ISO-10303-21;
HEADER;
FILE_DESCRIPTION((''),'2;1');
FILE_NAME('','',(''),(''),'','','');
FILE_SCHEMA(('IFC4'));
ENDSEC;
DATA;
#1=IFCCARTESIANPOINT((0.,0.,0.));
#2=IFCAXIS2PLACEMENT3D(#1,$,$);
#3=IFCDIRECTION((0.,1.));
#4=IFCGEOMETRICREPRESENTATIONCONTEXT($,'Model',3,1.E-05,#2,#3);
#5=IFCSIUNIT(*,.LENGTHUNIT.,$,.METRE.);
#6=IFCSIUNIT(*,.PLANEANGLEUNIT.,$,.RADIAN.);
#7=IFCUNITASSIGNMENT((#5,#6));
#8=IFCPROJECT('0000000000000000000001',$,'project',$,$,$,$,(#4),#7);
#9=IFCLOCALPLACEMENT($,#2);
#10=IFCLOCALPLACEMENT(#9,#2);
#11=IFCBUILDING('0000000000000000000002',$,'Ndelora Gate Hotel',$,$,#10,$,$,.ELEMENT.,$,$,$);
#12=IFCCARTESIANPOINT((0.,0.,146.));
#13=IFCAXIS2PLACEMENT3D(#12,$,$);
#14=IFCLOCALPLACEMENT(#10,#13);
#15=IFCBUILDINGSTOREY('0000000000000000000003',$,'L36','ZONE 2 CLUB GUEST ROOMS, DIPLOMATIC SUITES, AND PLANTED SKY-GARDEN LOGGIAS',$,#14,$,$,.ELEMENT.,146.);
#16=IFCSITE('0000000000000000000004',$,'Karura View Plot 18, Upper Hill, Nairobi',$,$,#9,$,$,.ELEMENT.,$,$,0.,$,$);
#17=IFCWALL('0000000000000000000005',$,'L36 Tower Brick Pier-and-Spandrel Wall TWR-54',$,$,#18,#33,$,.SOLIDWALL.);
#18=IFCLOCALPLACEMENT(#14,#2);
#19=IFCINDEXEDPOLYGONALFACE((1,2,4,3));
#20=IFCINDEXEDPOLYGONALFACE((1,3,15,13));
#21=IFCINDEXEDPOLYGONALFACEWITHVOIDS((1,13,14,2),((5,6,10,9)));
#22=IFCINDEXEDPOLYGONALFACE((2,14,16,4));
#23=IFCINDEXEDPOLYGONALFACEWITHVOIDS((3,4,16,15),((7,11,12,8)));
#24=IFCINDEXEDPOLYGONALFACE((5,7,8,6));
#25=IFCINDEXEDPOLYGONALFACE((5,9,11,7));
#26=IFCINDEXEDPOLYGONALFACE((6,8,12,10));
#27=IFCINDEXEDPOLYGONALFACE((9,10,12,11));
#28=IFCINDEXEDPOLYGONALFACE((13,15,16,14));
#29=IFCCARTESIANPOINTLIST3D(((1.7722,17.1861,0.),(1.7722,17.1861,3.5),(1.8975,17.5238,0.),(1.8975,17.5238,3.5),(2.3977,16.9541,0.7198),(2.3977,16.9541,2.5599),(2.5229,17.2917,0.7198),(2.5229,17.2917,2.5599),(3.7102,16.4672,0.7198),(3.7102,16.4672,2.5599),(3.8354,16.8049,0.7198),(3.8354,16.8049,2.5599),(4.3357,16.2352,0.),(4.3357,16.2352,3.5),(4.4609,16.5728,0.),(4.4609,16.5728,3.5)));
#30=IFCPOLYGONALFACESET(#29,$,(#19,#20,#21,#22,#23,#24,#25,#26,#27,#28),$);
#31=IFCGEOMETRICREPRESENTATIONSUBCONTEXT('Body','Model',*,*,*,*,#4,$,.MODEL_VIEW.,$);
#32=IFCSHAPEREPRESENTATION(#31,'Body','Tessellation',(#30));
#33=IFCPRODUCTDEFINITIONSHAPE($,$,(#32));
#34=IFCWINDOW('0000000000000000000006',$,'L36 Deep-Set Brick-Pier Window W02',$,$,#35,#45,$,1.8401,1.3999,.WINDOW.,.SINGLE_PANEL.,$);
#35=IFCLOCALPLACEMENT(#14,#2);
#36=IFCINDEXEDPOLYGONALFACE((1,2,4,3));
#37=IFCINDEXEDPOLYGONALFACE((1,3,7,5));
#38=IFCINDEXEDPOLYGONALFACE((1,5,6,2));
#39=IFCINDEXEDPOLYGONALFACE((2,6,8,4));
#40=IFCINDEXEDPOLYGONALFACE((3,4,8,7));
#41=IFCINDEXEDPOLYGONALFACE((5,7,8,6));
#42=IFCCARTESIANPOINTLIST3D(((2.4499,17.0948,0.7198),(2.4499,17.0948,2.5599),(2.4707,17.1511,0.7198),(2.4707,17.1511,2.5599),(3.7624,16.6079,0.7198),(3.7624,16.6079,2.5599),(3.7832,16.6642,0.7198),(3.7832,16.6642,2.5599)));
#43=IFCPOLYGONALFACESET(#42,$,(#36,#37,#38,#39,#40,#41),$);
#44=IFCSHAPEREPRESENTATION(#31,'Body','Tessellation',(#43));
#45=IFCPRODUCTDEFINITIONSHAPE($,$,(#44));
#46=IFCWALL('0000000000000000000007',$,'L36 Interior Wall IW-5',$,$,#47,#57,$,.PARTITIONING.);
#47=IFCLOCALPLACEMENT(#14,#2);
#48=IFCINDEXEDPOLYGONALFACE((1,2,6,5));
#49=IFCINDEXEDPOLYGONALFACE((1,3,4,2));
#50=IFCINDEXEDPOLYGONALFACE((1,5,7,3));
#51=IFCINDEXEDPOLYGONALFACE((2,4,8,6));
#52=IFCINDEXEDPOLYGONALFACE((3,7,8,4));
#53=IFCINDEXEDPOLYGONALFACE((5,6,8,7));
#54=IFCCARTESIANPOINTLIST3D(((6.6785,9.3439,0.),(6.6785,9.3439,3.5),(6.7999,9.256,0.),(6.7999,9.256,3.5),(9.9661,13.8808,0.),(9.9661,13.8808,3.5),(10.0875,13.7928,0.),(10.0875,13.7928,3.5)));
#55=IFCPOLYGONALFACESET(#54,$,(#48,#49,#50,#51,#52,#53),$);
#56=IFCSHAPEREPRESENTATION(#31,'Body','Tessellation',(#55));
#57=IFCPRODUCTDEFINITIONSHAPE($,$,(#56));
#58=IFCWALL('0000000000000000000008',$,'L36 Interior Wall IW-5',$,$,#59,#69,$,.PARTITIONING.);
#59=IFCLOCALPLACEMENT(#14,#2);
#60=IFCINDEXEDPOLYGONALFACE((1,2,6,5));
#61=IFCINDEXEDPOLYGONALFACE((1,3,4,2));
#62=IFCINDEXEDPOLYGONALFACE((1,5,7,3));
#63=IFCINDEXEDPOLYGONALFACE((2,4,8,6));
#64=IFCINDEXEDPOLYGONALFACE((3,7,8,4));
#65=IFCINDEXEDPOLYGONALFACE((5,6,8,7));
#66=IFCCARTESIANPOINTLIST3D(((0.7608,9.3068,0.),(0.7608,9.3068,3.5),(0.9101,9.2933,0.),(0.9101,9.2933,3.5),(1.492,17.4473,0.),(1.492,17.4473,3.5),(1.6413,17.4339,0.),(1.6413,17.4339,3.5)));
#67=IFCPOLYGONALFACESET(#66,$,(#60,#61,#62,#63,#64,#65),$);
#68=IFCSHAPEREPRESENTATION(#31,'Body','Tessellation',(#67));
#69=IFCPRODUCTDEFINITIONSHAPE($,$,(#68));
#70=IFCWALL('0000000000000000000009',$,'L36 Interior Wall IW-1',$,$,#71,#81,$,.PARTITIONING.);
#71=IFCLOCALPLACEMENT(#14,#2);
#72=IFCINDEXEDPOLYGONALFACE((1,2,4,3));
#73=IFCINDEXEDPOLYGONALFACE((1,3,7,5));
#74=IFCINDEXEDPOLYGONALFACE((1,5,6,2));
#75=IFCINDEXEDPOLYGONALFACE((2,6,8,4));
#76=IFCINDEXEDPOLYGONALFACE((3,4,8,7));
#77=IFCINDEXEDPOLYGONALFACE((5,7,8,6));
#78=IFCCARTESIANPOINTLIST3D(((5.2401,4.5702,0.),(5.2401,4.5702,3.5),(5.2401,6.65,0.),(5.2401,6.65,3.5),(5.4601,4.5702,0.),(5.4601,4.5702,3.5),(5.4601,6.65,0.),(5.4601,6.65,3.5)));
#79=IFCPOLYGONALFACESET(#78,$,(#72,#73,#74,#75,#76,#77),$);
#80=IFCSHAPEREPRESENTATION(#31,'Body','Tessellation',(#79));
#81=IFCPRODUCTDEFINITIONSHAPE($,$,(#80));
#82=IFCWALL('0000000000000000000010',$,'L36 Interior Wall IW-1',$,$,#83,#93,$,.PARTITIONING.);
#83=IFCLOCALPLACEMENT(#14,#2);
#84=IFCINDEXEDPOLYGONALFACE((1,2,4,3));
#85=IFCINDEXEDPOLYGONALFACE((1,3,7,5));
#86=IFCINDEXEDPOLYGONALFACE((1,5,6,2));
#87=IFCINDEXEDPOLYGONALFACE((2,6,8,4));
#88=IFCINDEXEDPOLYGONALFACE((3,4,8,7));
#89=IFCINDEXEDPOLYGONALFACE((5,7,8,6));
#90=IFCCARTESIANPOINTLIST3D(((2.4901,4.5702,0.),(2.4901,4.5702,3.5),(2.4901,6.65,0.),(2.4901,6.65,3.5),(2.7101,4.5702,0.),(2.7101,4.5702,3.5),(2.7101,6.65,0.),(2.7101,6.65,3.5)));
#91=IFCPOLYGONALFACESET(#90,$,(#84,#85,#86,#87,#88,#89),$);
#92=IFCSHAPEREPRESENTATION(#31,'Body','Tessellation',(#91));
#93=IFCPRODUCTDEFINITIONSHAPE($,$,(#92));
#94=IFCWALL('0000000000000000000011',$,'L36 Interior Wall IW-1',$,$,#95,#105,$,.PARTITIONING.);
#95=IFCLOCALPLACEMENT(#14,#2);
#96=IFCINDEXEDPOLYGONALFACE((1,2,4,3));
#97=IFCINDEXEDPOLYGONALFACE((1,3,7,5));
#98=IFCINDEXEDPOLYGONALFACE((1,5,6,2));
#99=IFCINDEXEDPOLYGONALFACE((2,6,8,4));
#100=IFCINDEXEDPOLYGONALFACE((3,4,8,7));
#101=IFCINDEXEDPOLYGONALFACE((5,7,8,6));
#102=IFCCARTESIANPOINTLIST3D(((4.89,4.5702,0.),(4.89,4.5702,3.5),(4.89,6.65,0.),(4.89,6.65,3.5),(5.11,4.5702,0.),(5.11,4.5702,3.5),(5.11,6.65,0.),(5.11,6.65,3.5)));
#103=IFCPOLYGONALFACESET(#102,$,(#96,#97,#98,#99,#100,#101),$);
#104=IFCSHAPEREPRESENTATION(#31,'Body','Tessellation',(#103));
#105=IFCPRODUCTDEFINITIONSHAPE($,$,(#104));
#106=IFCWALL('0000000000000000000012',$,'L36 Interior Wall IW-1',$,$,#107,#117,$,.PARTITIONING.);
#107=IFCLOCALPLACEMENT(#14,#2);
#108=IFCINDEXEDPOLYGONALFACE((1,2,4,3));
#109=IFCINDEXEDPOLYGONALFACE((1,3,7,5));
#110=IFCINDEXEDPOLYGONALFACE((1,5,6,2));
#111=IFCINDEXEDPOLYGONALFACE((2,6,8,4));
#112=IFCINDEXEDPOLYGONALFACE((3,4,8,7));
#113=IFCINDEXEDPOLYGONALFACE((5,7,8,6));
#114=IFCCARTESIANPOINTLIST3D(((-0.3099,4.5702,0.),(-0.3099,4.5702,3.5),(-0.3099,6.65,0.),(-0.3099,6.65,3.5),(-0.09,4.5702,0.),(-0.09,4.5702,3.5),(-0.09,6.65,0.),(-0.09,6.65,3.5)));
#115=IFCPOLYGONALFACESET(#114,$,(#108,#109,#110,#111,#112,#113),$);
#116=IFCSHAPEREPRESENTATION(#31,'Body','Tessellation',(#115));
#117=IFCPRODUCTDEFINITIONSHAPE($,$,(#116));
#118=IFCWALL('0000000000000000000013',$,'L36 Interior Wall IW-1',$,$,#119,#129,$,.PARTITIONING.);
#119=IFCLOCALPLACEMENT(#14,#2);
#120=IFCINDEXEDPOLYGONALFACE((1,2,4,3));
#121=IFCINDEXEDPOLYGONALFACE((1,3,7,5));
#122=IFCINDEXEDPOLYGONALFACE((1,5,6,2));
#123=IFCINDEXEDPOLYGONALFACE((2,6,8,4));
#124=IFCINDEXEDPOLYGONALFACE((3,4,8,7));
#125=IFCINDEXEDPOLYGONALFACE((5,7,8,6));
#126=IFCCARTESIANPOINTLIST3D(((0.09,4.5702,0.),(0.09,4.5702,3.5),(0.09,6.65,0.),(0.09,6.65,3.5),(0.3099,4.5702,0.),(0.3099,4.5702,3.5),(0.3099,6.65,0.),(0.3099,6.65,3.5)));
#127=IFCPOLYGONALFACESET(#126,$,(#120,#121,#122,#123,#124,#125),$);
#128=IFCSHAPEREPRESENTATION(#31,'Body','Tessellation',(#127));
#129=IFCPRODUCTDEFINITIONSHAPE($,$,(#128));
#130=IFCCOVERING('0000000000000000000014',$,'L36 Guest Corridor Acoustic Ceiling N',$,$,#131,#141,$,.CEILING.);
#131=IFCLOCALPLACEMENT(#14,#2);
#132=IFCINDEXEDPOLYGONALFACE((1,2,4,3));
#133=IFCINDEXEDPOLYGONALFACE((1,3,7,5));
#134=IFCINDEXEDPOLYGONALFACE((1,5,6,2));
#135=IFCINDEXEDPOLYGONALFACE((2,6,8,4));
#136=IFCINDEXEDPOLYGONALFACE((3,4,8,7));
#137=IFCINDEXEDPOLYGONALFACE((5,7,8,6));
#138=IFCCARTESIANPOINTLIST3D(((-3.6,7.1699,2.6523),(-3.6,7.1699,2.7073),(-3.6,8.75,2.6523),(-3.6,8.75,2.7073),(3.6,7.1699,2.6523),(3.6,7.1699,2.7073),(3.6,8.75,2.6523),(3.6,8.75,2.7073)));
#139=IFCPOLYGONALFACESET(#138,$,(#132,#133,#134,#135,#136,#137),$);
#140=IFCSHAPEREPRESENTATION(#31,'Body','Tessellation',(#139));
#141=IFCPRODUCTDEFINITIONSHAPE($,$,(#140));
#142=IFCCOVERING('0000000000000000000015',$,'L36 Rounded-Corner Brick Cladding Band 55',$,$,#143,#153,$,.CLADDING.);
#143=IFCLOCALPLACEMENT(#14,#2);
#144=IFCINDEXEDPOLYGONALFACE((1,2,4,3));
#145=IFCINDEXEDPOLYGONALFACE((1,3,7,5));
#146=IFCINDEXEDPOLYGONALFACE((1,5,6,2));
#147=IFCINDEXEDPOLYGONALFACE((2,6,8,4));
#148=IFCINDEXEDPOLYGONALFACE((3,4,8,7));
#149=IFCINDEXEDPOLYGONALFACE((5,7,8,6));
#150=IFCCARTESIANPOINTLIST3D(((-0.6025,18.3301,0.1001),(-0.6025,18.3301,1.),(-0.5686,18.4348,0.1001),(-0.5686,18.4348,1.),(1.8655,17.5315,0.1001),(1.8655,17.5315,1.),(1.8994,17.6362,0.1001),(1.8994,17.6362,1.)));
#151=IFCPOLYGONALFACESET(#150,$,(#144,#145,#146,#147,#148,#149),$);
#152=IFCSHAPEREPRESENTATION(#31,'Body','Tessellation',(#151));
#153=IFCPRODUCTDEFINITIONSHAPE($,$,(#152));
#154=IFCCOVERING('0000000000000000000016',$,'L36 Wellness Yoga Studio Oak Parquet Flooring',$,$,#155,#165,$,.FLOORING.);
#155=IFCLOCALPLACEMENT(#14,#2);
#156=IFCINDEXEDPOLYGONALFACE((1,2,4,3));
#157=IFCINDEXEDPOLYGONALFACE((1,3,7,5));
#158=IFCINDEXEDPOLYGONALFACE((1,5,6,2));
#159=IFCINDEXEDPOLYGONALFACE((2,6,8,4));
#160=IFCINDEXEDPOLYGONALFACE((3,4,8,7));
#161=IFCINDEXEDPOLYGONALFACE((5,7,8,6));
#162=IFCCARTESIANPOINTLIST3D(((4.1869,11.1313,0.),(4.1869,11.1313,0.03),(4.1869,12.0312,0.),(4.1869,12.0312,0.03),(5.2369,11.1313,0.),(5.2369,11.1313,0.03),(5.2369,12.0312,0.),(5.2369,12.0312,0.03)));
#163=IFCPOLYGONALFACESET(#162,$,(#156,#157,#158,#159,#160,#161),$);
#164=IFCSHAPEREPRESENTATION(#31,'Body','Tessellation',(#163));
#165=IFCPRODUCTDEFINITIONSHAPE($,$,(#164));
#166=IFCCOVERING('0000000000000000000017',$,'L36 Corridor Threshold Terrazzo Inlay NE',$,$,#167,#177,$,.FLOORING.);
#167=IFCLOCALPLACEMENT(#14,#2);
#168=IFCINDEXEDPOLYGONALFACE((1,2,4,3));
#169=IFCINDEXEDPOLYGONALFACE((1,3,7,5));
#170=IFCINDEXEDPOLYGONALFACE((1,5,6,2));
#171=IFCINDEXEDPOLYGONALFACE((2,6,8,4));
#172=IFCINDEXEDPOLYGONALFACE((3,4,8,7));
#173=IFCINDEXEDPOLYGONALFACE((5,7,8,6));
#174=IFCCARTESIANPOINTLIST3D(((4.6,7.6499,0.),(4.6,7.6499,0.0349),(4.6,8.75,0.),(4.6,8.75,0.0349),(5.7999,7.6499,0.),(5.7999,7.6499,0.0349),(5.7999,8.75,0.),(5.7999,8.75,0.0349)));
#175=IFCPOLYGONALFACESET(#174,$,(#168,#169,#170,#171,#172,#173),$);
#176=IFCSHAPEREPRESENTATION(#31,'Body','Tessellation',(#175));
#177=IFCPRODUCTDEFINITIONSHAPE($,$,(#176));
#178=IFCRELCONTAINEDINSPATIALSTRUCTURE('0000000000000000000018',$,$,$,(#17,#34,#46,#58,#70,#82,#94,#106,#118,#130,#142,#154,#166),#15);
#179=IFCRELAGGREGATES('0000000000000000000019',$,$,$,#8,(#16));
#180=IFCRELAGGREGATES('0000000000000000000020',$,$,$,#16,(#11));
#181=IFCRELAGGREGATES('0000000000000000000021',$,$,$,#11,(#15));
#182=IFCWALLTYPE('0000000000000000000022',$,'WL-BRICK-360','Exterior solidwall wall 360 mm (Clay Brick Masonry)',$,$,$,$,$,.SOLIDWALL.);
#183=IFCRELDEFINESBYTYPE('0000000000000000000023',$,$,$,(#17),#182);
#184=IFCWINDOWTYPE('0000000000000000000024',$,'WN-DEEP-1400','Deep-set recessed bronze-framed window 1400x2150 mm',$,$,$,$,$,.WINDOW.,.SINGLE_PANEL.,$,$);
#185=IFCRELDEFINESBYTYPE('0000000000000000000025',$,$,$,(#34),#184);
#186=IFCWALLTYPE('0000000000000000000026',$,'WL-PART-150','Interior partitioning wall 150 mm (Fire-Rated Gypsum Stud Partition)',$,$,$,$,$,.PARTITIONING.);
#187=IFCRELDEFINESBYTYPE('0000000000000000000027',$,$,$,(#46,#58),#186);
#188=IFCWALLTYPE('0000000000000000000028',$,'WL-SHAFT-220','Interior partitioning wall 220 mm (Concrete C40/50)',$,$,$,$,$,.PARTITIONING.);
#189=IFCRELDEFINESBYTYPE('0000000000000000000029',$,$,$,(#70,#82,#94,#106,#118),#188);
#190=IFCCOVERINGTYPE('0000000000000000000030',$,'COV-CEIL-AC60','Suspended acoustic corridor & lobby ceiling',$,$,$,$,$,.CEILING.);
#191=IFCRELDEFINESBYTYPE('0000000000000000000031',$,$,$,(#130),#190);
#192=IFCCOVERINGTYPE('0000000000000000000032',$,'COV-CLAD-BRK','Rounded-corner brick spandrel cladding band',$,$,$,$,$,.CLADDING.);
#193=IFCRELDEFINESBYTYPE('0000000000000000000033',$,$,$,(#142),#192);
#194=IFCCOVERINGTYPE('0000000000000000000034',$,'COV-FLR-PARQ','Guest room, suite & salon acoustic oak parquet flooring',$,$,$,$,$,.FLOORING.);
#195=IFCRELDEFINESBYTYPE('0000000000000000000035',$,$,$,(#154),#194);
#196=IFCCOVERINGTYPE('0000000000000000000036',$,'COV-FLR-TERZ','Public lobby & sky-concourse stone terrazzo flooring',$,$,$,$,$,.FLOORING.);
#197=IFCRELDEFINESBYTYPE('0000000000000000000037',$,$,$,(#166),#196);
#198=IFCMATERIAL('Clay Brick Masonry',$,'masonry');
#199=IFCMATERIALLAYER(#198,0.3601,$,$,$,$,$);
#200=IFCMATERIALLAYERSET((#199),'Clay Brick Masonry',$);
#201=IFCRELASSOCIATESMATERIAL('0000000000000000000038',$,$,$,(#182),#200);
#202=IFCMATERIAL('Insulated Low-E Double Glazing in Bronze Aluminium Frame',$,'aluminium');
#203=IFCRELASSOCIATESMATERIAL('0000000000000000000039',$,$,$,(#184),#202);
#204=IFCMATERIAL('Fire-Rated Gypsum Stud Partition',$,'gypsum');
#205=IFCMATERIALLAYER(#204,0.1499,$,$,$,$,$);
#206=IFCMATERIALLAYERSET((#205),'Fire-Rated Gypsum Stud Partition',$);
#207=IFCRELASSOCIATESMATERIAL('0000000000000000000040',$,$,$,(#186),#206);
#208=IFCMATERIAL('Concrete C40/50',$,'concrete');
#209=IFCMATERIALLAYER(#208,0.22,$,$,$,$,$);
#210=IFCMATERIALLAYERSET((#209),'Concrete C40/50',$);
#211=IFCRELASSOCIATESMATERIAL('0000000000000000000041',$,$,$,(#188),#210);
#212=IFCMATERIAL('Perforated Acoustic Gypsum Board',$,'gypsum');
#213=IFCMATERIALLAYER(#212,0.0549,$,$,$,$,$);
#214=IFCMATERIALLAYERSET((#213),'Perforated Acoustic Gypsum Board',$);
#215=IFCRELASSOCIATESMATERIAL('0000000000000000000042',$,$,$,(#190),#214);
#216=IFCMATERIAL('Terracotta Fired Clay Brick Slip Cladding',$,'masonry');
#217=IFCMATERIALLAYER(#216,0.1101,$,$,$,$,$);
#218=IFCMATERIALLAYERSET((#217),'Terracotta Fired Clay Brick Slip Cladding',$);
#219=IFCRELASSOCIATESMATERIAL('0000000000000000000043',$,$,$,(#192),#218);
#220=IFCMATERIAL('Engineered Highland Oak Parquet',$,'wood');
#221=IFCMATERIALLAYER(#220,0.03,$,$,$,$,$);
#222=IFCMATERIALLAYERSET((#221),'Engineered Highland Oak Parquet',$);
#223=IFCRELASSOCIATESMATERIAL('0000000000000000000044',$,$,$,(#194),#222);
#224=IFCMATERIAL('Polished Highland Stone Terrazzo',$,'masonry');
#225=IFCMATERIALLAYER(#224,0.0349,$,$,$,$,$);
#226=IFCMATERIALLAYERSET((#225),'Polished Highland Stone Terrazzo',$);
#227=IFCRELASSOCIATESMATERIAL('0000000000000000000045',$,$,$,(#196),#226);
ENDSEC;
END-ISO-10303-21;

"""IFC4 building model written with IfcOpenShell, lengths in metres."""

from ifc_helpers import new_model, si_unit, direction, frame, frame_2d, origin, origin_2d, place, context, subcontext, project, spatial, rectangle, extrude, material, layer, layer_set, type_object, element, fill, save


model = new_model("IFC4")

# Units and contexts
model_context = context("Model", 3, precision=1e-05, world=origin(), true_north=direction((0.0, 1.0)))
body_context = subcontext(model_context, "Body", "Model", "MODEL_VIEW")
ifc_project = project(units=[si_unit("LENGTHUNIT", "METRE"), si_unit("PLANEANGLEUNIT", "RADIAN")], contexts=[model_context])

# Site, building, storey
site_placement = place(None, origin())
site = spatial("IfcSite", under=ifc_project, at=site_placement, Name="Karura View Plot 18, Upper Hill, Nairobi", CompositionType="ELEMENT", RefElevation=0.0)
building_placement = place(site_placement, origin())
building = spatial("IfcBuilding", under=site, at=building_placement, Name="Ndelora Gate Hotel", CompositionType="ELEMENT")
storey_placement = place(building_placement, frame((0.0, 0.0, 146.0)))
storey = spatial("IfcBuildingStorey", under=building, at=storey_placement, Name="L36", Description="ZONE 2 CLUB GUEST ROOMS, DIPLOMATIC SUITES, AND PLANTED SKY-GARDEN LOGGIAS", CompositionType="ELEMENT", Elevation=146.0)

# Shared definitions
ifc_material_1 = material(Name="Clay Brick Masonry", Category="masonry")
ifc_layer_1 = layer(ifc_material_1, 0.3601)
ifc_layer_set_1 = layer_set([ifc_layer_1], Name="Clay Brick Masonry")
wall_type_1 = type_object("IfcWallType", Name="WL-BRICK-360", Description="Exterior solidwall wall 360 mm (Clay Brick Masonry)", PredefinedType="SOLIDWALL", material=ifc_layer_set_1)

# Wall, opening, window
ifc_material_2 = material(Name="Insulated Low-E Double Glazing in Bronze Aluminium Frame", Category="aluminium")
window_type = type_object("IfcWindowType", Name="WN-DEEP-1400", Description="Deep-set recessed bronze-framed window 1400x2150 mm", PartitioningType="SINGLE_PANEL", PredefinedType="WINDOW", material=ifc_material_2)
wall_1_placement = place(storey_placement, frame((1.8347, 17.355, 0.0), z_axis=(0.0, 0.0, 1.0), x_axis=(0.937571, -0.347794, 0.0)))
wall_1 = element("IfcWall", 1, at=wall_1_placement, inside=storey, type_object=wall_type_1, Name="L36 Tower Brick Pier-and-Spandrel Wall TWR-54", PredefinedType="SOLIDWALL", context=body_context, shape_type="SweptSolid", body=[
    extrude(rectangle(XDim=2.7341, YDim=0.3601, at=frame_2d((1.3672, 0.0))), origin(), (0.0, 0.0, 1.0), 3.5),
])
opening_1_placement = place(wall_1_placement, frame((0.6672, 0.0, 0.72)))
opening_1 = element("IfcOpeningElement", 2, at=opening_1_placement, cuts=wall_1, PredefinedType="OPENING", context=body_context, shape_type="SweptSolid", body=[
    extrude(rectangle(XDim=1.3999, YDim=1.8401, at=frame_2d((0.7, 0.9199))), frame((0.0, 0.1899, 0.0), z_axis=(0.0, -1.0, 0.0), x_axis=(1.0, 0.0, 0.0)), (0.0, 0.0, 1.0), 0.3801),
])
window_1_placement = place(opening_1_placement, origin())
window_1 = element("IfcWindow", 3, at=window_1_placement, inside=storey, type_object=window_type, Name="L36 Deep-Set Brick-Pier Window W02", OverallHeight=1.8401, OverallWidth=1.3999, PartitioningType="SINGLE_PANEL", PredefinedType="WINDOW", context=body_context, shape_type="SweptSolid", body=[
    extrude(rectangle(XDim=1.3999, YDim=1.8401, at=frame_2d((0.7, 0.9199))), frame((0.0, 0.03, 0.0), z_axis=(0.0, -1.0, 0.0), x_axis=(1.0, 0.0, 0.0)), (0.0, 0.0, 1.0), 0.0601),
])
fill(opening_1, window_1)

# Walls
ifc_material_3 = material(Name="Fire-Rated Gypsum Stud Partition", Category="gypsum")
ifc_layer_2 = layer(ifc_material_3, 0.1499)
ifc_layer_set_2 = layer_set([ifc_layer_2], Name="Fire-Rated Gypsum Stud Partition")
wall_type_2 = type_object("IfcWallType", Name="WL-PART-150", Description="Interior partitioning wall 150 mm (Fire-Rated Gypsum Stud Partition)", PredefinedType="PARTITIONING", material=ifc_layer_set_2)
wall_2_placement = place(storey_placement, frame((6.7393, 9.3, 0.0), z_axis=(0.0, 0.0, 1.0), x_axis=(0.586777, 0.809749, 0.0)))
element("IfcWall", 4, at=wall_2_placement, inside=storey, type_object=wall_type_2, Name="L36 Interior Wall IW-5", PredefinedType="PARTITIONING", context=body_context, shape_type="SweptSolid", body=[
    extrude(rectangle(XDim=5.6028, YDim=0.1499, at=frame_2d((2.8013, 0.0))), origin(), (0.0, 0.0, 1.0), 3.5),
])
wall_3_placement = place(storey_placement, frame((0.8354, 9.3, 0.0), z_axis=(0.0, 0.0, 1.0), x_axis=(0.089461, 0.99599, 0.0)))
element("IfcWall", 5, at=wall_3_placement, inside=storey, type_object=wall_type_2, Name="L36 Interior Wall IW-5", PredefinedType="PARTITIONING", context=body_context, shape_type="SweptSolid", body=[
    extrude(rectangle(XDim=8.1733, YDim=0.1499, at=frame_2d((4.0867, 0.0))), origin(), (0.0, 0.0, 1.0), 3.5),
])

# Shared definitions
ifc_material_4 = material(Name="Concrete C40/50", Category="concrete")
ifc_layer_3 = layer(ifc_material_4, 0.22)
ifc_layer_set_3 = layer_set([ifc_layer_3], Name="Concrete C40/50")
wall_type_3 = type_object("IfcWallType", Name="WL-SHAFT-220", Description="Interior partitioning wall 220 mm (Concrete C40/50)", PredefinedType="PARTITIONING", material=ifc_layer_set_3)

# Wall
wall_4_placement = place(storey_placement, frame((5.3501, 4.5701, 0.0), z_axis=(0.0, 0.0, 1.0), x_axis=(0.0, 1.0, 0.0)))
element("IfcWall", 6, at=wall_4_placement, inside=storey, type_object=wall_type_3, Name="L36 Interior Wall IW-1", PredefinedType="PARTITIONING", context=body_context, shape_type="SweptSolid", body=[
    extrude(rectangle(XDim=2.0798, YDim=0.22, at=frame_2d((1.04, 0.0))), origin(), (0.0, 0.0, 1.0), 3.5),
])

# Walls
for number, where, z_axis, x_axis, name in (
    (7, (2.6001, 4.5701, 0.0), (0.0, 0.0, 1.0), (0.0, 1.0, 0.0), "L36 Interior Wall IW-1"),
    (8, (5.0, 4.5701, 0.0), (0.0, 0.0, 1.0), (0.0, 1.0, 0.0), "L36 Interior Wall IW-1"),
    (9, (-0.2, 4.5701, 0.0), (0.0, 0.0, 1.0), (0.0, 1.0, 0.0), "L36 Interior Wall IW-1"),
    (10, (0.2, 4.5701, 0.0), (0.0, 0.0, 1.0), (0.0, 1.0, 0.0), "L36 Interior Wall IW-1"),
):
    element("IfcWall", number, at=place(storey_placement, frame(where, z_axis=z_axis, x_axis=x_axis)), inside=storey, type_object=wall_type_3, Name=name, PredefinedType="PARTITIONING", context=body_context, shape_type="SweptSolid", body=[
        extrude(rectangle(XDim=2.0798, YDim=0.22, at=frame_2d((1.04, 0.0))), origin(), (0.0, 0.0, 1.0), 3.5),
    ])

# Coverings
ifc_material_5 = material(Name="Perforated Acoustic Gypsum Board", Category="gypsum")
ifc_layer_4 = layer(ifc_material_5, 0.0549)
ifc_layer_set_4 = layer_set([ifc_layer_4], Name="Perforated Acoustic Gypsum Board")
covering_type_1 = type_object("IfcCoveringType", Name="COV-CEIL-AC60", Description="Suspended acoustic corridor & lobby ceiling", PredefinedType="CEILING", material=ifc_layer_set_4)
covering_1_placement = place(storey_placement, frame((0.0, 7.96, 2.6523), z_axis=(0.0, 0.0, 1.0), x_axis=(1.0, 0.0, 0.0)))
element("IfcCovering", 11, at=covering_1_placement, inside=storey, type_object=covering_type_1, Name="L36 Guest Corridor Acoustic Ceiling N", PredefinedType="CEILING", context=body_context, shape_type="SweptSolid", body=[
    extrude(rectangle(XDim=7.2, YDim=1.5801, at=origin_2d()), origin(), (0.0, 0.0, 1.0), 0.0549),
])
ifc_material_6 = material(Name="Terracotta Fired Clay Brick Slip Cladding", Category="masonry")
ifc_layer_5 = layer(ifc_material_6, 0.1101)
ifc_layer_set_5 = layer_set([ifc_layer_5], Name="Terracotta Fired Clay Brick Slip Cladding")
covering_type_2 = type_object("IfcCoveringType", Name="COV-CLAD-BRK", Description="Rounded-corner brick spandrel cladding band", PredefinedType="CLADDING", material=ifc_layer_set_5)
covering_2_placement = place(storey_placement, frame((0.6484, 17.9832, 0.1001), z_axis=(0.0, 0.0, 1.0), x_axis=(-0.951433, 0.307855, 0.0)))
element("IfcCovering", 12, at=covering_2_placement, inside=storey, type_object=covering_type_2, Name="L36 Rounded-Corner Brick Cladding Band 55", PredefinedType="CLADDING", context=body_context, shape_type="SweptSolid", body=[
    extrude(rectangle(XDim=2.594, YDim=0.1101, at=origin_2d()), origin(), (0.0, 0.0, 1.0), 0.8999),
])
ifc_material_7 = material(Name="Engineered Highland Oak Parquet", Category="wood")
ifc_layer_6 = layer(ifc_material_7, 0.03)
ifc_layer_set_6 = layer_set([ifc_layer_6], Name="Engineered Highland Oak Parquet")
covering_type_3 = type_object("IfcCoveringType", Name="COV-FLR-PARQ", Description="Guest room, suite & salon acoustic oak parquet flooring", PredefinedType="FLOORING", material=ifc_layer_set_6)
covering_3_placement = place(storey_placement, frame((4.7119, 11.5813, 0.0), z_axis=(0.0, 0.0, 1.0), x_axis=(1.0, 0.0, 0.0)))
element("IfcCovering", 13, at=covering_3_placement, inside=storey, type_object=covering_type_3, Name="L36 Wellness Yoga Studio Oak Parquet Flooring", PredefinedType="FLOORING", context=body_context, shape_type="SweptSolid", body=[
    extrude(rectangle(XDim=1.05, YDim=0.8999, at=origin_2d()), origin(), (0.0, 0.0, 1.0), 0.03),
])
ifc_material_8 = material(Name="Polished Highland Stone Terrazzo", Category="masonry")
ifc_layer_7 = layer(ifc_material_8, 0.0349)
ifc_layer_set_7 = layer_set([ifc_layer_7], Name="Polished Highland Stone Terrazzo")
covering_type_4 = type_object("IfcCoveringType", Name="COV-FLR-TERZ", Description="Public lobby & sky-concourse stone terrazzo flooring", PredefinedType="FLOORING", material=ifc_layer_set_7)
covering_4_placement = place(storey_placement, frame((5.2, 8.2, 0.0), z_axis=(0.0, 0.0, 1.0), x_axis=(1.0, 0.0, 0.0)))
element("IfcCovering", 14, at=covering_4_placement, inside=storey, type_object=covering_type_4, Name="L36 Corridor Threshold Terrazzo Inlay NE", PredefinedType="FLOORING", context=body_context, shape_type="SweptSolid", body=[
    extrude(rectangle(XDim=1.2, YDim=1.1001, at=origin_2d()), origin(), (0.0, 0.0, 1.0), 0.0349),
])

save(model, "model.ifc")
